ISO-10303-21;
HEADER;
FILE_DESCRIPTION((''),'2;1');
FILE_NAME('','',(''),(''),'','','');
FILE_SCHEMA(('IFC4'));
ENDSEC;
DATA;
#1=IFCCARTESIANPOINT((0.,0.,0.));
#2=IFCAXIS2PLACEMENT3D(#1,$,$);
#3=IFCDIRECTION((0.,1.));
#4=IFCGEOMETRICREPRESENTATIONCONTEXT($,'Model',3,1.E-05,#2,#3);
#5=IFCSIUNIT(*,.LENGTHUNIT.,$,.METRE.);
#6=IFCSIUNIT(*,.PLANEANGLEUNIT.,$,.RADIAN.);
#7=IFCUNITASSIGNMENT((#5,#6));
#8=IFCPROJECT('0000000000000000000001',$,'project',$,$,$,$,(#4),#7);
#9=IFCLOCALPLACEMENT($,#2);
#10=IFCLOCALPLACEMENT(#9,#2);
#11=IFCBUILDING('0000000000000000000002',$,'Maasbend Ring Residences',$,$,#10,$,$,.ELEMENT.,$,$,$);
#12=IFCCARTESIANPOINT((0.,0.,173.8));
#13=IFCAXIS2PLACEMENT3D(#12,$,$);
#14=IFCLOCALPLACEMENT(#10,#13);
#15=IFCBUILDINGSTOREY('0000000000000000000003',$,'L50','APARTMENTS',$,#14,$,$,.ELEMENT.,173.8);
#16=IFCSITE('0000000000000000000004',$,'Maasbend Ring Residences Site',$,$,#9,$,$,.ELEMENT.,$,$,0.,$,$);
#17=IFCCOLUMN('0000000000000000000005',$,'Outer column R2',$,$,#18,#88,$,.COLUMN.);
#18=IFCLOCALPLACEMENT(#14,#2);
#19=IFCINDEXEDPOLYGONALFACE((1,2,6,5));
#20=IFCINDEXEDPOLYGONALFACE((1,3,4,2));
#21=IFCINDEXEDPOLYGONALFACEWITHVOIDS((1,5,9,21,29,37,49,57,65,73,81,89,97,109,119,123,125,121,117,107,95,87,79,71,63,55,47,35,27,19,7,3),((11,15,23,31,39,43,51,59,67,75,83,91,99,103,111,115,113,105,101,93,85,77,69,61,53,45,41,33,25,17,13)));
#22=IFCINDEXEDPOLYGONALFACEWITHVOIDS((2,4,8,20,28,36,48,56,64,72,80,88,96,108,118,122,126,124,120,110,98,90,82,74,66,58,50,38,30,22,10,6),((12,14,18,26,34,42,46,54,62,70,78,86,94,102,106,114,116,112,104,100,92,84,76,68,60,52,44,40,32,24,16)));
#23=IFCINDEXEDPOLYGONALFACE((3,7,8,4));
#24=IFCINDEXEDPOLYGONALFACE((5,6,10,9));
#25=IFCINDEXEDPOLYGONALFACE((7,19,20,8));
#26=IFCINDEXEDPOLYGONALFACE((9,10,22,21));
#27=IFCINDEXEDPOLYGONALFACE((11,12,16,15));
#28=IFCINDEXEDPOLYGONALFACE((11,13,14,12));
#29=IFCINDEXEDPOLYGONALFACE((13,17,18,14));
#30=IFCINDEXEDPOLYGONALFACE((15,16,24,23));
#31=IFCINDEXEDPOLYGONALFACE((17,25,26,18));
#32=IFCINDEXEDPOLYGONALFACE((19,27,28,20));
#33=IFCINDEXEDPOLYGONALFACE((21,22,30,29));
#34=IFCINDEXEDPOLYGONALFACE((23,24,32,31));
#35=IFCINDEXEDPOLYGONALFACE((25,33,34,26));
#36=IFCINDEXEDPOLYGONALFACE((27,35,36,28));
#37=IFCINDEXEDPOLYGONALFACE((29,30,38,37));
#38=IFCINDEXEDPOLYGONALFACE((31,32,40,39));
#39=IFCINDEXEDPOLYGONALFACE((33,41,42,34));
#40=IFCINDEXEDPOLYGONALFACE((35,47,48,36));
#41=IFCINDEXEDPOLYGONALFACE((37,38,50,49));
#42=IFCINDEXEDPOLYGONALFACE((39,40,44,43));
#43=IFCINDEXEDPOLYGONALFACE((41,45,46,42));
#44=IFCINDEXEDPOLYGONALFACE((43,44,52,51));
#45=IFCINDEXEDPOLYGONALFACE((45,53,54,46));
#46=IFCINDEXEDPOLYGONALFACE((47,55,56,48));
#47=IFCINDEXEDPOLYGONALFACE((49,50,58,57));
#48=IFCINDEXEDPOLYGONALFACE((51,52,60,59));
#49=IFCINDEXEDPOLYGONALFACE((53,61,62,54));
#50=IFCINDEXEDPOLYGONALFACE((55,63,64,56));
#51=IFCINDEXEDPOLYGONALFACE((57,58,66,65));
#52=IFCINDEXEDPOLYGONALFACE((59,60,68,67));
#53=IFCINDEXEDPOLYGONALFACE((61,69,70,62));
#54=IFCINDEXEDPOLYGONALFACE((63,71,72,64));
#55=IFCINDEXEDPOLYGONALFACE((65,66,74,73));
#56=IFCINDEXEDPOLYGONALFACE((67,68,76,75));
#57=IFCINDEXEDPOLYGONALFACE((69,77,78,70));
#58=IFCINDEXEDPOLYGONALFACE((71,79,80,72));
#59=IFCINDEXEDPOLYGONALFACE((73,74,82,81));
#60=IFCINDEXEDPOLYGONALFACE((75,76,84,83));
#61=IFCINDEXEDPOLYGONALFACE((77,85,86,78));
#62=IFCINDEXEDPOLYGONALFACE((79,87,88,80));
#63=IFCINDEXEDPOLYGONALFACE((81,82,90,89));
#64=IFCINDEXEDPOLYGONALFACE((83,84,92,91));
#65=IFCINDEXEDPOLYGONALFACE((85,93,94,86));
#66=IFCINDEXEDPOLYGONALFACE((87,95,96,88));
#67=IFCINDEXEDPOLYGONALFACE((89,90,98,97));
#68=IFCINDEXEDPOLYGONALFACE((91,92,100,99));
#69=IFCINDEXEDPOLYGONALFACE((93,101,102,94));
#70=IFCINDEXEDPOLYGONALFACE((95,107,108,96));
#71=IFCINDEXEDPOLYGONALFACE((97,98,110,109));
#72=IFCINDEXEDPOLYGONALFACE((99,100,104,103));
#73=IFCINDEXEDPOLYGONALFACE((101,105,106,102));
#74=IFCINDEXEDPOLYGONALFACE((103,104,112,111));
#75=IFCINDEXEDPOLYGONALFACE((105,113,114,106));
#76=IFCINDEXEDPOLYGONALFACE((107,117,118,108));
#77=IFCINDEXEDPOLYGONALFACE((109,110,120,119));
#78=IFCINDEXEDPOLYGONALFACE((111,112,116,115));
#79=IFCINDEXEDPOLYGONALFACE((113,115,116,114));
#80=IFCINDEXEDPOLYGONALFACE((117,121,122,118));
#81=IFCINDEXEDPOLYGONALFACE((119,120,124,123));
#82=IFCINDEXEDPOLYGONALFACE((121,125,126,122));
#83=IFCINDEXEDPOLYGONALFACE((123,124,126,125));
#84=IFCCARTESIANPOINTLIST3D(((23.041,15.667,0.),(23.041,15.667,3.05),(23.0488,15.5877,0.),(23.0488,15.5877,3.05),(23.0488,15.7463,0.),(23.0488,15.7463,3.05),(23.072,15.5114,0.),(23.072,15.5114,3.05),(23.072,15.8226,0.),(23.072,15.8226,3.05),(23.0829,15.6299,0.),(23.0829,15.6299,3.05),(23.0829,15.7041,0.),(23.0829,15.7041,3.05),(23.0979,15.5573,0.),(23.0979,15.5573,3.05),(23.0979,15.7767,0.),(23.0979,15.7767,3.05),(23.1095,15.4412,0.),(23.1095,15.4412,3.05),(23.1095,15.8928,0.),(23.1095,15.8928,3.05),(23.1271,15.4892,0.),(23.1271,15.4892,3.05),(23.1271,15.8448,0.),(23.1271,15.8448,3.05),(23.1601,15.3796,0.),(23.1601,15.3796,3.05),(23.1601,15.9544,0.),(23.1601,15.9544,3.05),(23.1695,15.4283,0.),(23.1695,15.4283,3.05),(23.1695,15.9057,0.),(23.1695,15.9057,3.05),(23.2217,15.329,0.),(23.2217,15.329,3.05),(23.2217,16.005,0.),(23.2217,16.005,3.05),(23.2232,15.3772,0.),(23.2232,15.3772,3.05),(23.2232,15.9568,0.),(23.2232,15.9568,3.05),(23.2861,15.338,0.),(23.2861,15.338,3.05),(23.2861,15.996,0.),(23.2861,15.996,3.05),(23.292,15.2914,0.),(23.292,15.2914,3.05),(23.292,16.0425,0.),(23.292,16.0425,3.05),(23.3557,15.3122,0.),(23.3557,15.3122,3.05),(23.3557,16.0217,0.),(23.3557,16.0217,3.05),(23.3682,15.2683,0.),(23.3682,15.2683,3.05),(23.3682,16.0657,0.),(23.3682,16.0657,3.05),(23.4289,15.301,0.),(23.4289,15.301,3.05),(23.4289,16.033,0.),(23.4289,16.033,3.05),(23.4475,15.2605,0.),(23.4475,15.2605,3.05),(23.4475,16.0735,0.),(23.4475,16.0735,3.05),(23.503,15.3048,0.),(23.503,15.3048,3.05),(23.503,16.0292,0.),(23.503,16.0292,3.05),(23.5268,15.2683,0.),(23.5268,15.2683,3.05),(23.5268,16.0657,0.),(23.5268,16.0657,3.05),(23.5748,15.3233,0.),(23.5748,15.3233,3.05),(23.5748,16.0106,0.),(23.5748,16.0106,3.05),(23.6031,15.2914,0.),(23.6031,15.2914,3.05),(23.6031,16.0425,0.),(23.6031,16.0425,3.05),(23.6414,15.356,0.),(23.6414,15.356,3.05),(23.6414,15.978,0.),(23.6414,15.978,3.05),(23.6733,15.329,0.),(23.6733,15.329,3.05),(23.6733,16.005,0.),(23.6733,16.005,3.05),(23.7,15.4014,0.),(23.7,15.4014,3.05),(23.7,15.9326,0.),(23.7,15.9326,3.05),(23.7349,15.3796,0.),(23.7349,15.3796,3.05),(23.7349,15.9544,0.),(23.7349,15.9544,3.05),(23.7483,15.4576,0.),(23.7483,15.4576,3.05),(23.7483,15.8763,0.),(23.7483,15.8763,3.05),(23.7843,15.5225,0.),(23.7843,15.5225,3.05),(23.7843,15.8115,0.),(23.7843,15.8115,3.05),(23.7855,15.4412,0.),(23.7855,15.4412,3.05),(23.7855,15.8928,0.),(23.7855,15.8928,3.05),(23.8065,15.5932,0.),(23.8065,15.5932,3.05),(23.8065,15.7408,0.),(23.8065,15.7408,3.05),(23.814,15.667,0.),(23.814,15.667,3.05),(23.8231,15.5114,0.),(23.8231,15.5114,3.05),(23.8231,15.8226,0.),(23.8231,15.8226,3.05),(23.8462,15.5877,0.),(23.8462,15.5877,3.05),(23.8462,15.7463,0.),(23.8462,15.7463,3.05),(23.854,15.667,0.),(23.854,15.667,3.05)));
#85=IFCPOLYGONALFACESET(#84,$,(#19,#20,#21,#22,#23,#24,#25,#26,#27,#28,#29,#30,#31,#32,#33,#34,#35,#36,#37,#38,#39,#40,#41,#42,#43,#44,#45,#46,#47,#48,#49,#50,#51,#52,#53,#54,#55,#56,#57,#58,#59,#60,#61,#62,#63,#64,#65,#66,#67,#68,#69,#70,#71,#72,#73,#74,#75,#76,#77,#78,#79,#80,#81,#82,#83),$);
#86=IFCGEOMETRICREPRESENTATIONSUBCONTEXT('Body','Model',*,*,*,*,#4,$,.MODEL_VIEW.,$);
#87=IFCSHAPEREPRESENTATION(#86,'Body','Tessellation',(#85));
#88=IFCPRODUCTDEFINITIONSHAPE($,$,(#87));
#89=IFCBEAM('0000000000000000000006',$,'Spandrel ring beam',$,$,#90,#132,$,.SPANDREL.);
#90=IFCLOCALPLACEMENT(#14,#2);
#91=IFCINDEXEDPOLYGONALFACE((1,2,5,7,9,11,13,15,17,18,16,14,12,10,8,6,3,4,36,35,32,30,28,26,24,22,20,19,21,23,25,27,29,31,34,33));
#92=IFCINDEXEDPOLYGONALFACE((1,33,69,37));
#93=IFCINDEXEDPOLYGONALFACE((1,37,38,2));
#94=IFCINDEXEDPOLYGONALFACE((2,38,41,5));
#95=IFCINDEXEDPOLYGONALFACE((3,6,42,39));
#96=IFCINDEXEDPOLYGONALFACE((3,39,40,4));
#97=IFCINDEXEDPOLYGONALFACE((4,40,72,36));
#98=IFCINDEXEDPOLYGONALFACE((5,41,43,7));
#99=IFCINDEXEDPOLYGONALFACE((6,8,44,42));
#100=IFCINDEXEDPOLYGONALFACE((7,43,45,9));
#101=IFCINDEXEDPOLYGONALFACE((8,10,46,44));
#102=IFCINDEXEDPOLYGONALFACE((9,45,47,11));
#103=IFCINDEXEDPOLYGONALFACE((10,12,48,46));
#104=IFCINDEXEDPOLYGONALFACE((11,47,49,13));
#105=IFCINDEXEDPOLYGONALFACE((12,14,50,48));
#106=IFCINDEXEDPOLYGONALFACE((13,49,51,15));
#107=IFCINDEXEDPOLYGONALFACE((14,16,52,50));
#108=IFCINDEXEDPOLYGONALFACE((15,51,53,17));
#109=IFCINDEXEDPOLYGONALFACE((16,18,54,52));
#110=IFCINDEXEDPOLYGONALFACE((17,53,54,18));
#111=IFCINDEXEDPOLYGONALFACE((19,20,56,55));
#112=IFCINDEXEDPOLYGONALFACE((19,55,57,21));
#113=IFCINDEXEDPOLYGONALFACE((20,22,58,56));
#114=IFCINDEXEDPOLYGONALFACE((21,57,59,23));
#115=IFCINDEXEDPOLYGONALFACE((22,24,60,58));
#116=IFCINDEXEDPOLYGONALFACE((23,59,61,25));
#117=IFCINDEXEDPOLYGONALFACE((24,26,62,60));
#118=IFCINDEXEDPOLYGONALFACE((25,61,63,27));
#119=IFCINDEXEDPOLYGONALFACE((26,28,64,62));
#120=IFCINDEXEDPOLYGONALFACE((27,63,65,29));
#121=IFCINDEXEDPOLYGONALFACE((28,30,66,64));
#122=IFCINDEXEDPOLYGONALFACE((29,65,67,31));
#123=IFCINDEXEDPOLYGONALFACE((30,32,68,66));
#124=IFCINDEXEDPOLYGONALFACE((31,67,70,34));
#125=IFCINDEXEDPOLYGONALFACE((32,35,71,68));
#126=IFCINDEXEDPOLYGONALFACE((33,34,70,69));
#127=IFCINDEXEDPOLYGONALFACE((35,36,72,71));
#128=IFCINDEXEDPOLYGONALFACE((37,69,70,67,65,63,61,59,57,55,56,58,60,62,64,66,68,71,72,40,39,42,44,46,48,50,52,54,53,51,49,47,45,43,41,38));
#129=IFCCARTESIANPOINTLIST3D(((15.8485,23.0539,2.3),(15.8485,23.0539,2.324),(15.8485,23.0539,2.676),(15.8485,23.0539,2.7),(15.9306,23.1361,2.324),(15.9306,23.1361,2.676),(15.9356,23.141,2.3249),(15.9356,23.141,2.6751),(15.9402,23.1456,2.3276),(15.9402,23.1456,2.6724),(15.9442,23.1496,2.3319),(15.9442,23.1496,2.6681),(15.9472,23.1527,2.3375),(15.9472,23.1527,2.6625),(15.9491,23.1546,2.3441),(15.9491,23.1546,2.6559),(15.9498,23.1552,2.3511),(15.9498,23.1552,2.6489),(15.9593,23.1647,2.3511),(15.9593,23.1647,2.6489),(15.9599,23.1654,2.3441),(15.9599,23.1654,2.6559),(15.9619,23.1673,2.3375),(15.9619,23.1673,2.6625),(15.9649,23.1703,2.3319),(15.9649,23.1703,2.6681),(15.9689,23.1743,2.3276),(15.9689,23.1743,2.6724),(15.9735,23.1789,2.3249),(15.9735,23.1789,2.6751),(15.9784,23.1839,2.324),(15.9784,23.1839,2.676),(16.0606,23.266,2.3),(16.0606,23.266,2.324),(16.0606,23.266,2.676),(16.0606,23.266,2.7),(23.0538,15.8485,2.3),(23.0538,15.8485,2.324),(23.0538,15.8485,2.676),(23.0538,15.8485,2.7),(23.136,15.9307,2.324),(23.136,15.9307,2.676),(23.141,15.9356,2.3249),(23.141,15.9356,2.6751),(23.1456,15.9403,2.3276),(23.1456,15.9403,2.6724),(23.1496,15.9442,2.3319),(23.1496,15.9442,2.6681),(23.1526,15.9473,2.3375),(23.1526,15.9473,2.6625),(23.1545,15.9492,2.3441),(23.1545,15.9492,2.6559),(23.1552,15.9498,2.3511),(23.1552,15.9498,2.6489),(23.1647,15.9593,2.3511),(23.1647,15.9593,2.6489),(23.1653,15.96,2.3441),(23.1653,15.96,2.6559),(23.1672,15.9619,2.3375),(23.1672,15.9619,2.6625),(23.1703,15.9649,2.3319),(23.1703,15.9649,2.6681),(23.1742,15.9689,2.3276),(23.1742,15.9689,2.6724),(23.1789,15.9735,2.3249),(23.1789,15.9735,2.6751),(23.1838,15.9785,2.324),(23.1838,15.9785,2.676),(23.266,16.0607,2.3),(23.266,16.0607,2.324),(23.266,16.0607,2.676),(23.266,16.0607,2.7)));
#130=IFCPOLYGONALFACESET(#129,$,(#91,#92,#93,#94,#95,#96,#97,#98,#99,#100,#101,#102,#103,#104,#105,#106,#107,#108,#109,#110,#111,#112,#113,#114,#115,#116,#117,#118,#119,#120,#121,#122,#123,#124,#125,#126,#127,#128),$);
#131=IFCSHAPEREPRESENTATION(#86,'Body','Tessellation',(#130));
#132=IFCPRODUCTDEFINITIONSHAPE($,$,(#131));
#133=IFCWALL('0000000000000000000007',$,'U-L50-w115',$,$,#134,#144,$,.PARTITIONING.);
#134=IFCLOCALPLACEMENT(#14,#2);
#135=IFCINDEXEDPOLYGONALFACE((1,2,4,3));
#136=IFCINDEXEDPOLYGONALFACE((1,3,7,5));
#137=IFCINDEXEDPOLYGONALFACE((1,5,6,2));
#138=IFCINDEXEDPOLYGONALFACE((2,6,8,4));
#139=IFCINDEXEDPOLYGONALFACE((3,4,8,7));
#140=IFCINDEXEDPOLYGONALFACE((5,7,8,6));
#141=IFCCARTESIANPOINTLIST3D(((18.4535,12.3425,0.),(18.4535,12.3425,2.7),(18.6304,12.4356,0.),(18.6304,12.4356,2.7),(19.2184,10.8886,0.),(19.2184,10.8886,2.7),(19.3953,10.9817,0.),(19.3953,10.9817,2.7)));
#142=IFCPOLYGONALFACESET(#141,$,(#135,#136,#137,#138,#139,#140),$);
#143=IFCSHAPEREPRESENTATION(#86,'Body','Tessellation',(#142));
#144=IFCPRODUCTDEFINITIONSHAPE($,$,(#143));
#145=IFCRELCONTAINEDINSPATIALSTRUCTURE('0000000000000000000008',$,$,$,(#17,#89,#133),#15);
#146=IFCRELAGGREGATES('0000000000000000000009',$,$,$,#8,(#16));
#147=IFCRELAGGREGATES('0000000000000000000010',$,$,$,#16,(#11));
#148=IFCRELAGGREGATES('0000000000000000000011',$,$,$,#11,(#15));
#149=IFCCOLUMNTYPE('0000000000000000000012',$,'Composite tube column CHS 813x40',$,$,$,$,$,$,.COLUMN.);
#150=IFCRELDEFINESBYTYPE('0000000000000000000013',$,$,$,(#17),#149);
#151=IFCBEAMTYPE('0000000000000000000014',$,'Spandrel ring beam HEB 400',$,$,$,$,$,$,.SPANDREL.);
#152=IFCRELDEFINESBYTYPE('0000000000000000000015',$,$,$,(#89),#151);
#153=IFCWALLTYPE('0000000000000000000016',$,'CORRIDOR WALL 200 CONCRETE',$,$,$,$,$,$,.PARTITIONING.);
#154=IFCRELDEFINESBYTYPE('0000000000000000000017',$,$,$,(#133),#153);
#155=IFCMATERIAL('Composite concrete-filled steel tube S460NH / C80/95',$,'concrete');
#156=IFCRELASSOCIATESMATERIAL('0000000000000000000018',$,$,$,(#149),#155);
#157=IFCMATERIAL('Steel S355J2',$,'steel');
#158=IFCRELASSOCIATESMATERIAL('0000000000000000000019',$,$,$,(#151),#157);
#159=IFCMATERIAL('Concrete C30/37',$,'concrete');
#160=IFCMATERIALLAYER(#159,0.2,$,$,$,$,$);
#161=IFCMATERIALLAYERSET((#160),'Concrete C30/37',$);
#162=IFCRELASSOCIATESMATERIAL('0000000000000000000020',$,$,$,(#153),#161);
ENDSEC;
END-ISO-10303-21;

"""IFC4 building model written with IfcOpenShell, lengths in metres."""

from ifc_helpers import new_model, si_unit, direction, frame, frame_2d, origin, origin_2d, place, context, subcontext, project, spatial, rectangle, hollow_circle, i_section, extrude, material, layer, layer_set, material_profile, profile_set, type_object, element, save


model = new_model("IFC4")

# Units and contexts
model_context = context("Model", 3, precision=1e-05, world=origin(), true_north=direction((0.0, 1.0)))
body_context = subcontext(model_context, "Body", "Model", "MODEL_VIEW")
ifc_project = project(units=[si_unit("LENGTHUNIT", "METRE"), si_unit("PLANEANGLEUNIT", "RADIAN")], contexts=[model_context])

# Site, building, storey
site_placement = place(None, origin())
site = spatial("IfcSite", under=ifc_project, at=site_placement, Name="Maasbend Ring Residences Site", CompositionType="ELEMENT", RefElevation=0.0)
building_placement = place(site_placement, origin())
building = spatial("IfcBuilding", under=site, at=building_placement, Name="Maasbend Ring Residences", CompositionType="ELEMENT")
storey_placement = place(building_placement, frame((0.0, 0.0, 173.8)))
storey = spatial("IfcBuildingStorey", under=building, at=storey_placement, Name="L50", Description="APARTMENTS", CompositionType="ELEMENT", Elevation=173.8)

# Column
ifc_material_1 = material(Name="Composite concrete-filled steel tube S460NH / C80/95", Category="concrete")
ifc_material_profile_1 = material_profile(ifc_material_1, hollow_circle(Radius=0.4065, WallThickness=0.04, at=origin_2d()), Name="Composite tube column CHS 813x40")
ifc_profile_set_1 = profile_set([ifc_material_profile_1], Name="Composite concrete-filled steel tube S460NH / C80/95")
column_type = type_object("IfcColumnType", Name="Composite tube column CHS 813x40", PredefinedType="COLUMN", material=ifc_profile_set_1)
column_placement = place(storey_placement, frame((23.4475, 15.667, 0.0), z_axis=(0.0, 0.0, 1.0), x_axis=(1.0, 0.0, 0.0)))
element("IfcColumn", 1, at=column_placement, inside=storey, type_object=column_type, Name="Outer column R2", PredefinedType="COLUMN", context=body_context, shape_type="SweptSolid", body=[
    extrude(hollow_circle(Radius=0.4065, WallThickness=0.04, at=origin_2d()), origin(), (0.0, 0.0, 1.0), 3.05),
])

# Beam
ifc_material_2 = material(Name="Steel S355J2", Category="steel")
ifc_material_profile_2 = material_profile(ifc_material_2, i_section(OverallWidth=0.3, OverallDepth=0.3999, WebThickness=0.0134, FlangeThickness=0.0239, FilletRadius=0.0271, at=origin_2d()), Name="HEB 400")
ifc_profile_set_2 = profile_set([ifc_material_profile_2], Name="Steel S355J2")
beam_type = type_object("IfcBeamType", Name="Spandrel ring beam HEB 400", PredefinedType="SPANDREL", material=ifc_profile_set_2)
beam_placement = place(storey_placement, frame((23.1599, 15.9546, 2.5), z_axis=(-0.707107, 0.707107, 0.0), x_axis=(-0.707107, -0.707107, 0.0)))
element("IfcBeam", 2, at=beam_placement, inside=storey, type_object=beam_type, Name="Spandrel ring beam", PredefinedType="SPANDREL", context=body_context, shape_type="SweptSolid", body=[
    extrude(i_section(OverallWidth=0.3, OverallDepth=0.3999, WebThickness=0.0134, FlangeThickness=0.0239, FilletRadius=0.0271, at=origin_2d()), origin(), (0.0, 0.0, 1.0), 10.1899),
])

# Wall
ifc_material_3 = material(Name="Concrete C30/37", Category="concrete")
ifc_layer_1 = layer(ifc_material_3, 0.2)
ifc_layer_set_1 = layer_set([ifc_layer_1], Name="Concrete C30/37")
wall_type_1 = type_object("IfcWallType", Name="CORRIDOR WALL 200 CONCRETE", PredefinedType="PARTITIONING", material=ifc_layer_set_1)
wall_1_placement = place(storey_placement, frame((18.542, 12.3889, 0.0), z_axis=(0.0, 0.0, 1.0), x_axis=(0.465606, -0.884992, 0.0)))
element("IfcWall", 3, at=wall_1_placement, inside=storey, type_object=wall_type_1, Name="U-L50-w115", PredefinedType="PARTITIONING", context=body_context, shape_type="SweptSolid", body=[
    extrude(rectangle(XDim=1.6428, YDim=0.2, at=frame_2d((0.8213, 0.0))), origin(), (0.0, 0.0, 1.0), 2.7),
])

save(model, "model.ifc")
